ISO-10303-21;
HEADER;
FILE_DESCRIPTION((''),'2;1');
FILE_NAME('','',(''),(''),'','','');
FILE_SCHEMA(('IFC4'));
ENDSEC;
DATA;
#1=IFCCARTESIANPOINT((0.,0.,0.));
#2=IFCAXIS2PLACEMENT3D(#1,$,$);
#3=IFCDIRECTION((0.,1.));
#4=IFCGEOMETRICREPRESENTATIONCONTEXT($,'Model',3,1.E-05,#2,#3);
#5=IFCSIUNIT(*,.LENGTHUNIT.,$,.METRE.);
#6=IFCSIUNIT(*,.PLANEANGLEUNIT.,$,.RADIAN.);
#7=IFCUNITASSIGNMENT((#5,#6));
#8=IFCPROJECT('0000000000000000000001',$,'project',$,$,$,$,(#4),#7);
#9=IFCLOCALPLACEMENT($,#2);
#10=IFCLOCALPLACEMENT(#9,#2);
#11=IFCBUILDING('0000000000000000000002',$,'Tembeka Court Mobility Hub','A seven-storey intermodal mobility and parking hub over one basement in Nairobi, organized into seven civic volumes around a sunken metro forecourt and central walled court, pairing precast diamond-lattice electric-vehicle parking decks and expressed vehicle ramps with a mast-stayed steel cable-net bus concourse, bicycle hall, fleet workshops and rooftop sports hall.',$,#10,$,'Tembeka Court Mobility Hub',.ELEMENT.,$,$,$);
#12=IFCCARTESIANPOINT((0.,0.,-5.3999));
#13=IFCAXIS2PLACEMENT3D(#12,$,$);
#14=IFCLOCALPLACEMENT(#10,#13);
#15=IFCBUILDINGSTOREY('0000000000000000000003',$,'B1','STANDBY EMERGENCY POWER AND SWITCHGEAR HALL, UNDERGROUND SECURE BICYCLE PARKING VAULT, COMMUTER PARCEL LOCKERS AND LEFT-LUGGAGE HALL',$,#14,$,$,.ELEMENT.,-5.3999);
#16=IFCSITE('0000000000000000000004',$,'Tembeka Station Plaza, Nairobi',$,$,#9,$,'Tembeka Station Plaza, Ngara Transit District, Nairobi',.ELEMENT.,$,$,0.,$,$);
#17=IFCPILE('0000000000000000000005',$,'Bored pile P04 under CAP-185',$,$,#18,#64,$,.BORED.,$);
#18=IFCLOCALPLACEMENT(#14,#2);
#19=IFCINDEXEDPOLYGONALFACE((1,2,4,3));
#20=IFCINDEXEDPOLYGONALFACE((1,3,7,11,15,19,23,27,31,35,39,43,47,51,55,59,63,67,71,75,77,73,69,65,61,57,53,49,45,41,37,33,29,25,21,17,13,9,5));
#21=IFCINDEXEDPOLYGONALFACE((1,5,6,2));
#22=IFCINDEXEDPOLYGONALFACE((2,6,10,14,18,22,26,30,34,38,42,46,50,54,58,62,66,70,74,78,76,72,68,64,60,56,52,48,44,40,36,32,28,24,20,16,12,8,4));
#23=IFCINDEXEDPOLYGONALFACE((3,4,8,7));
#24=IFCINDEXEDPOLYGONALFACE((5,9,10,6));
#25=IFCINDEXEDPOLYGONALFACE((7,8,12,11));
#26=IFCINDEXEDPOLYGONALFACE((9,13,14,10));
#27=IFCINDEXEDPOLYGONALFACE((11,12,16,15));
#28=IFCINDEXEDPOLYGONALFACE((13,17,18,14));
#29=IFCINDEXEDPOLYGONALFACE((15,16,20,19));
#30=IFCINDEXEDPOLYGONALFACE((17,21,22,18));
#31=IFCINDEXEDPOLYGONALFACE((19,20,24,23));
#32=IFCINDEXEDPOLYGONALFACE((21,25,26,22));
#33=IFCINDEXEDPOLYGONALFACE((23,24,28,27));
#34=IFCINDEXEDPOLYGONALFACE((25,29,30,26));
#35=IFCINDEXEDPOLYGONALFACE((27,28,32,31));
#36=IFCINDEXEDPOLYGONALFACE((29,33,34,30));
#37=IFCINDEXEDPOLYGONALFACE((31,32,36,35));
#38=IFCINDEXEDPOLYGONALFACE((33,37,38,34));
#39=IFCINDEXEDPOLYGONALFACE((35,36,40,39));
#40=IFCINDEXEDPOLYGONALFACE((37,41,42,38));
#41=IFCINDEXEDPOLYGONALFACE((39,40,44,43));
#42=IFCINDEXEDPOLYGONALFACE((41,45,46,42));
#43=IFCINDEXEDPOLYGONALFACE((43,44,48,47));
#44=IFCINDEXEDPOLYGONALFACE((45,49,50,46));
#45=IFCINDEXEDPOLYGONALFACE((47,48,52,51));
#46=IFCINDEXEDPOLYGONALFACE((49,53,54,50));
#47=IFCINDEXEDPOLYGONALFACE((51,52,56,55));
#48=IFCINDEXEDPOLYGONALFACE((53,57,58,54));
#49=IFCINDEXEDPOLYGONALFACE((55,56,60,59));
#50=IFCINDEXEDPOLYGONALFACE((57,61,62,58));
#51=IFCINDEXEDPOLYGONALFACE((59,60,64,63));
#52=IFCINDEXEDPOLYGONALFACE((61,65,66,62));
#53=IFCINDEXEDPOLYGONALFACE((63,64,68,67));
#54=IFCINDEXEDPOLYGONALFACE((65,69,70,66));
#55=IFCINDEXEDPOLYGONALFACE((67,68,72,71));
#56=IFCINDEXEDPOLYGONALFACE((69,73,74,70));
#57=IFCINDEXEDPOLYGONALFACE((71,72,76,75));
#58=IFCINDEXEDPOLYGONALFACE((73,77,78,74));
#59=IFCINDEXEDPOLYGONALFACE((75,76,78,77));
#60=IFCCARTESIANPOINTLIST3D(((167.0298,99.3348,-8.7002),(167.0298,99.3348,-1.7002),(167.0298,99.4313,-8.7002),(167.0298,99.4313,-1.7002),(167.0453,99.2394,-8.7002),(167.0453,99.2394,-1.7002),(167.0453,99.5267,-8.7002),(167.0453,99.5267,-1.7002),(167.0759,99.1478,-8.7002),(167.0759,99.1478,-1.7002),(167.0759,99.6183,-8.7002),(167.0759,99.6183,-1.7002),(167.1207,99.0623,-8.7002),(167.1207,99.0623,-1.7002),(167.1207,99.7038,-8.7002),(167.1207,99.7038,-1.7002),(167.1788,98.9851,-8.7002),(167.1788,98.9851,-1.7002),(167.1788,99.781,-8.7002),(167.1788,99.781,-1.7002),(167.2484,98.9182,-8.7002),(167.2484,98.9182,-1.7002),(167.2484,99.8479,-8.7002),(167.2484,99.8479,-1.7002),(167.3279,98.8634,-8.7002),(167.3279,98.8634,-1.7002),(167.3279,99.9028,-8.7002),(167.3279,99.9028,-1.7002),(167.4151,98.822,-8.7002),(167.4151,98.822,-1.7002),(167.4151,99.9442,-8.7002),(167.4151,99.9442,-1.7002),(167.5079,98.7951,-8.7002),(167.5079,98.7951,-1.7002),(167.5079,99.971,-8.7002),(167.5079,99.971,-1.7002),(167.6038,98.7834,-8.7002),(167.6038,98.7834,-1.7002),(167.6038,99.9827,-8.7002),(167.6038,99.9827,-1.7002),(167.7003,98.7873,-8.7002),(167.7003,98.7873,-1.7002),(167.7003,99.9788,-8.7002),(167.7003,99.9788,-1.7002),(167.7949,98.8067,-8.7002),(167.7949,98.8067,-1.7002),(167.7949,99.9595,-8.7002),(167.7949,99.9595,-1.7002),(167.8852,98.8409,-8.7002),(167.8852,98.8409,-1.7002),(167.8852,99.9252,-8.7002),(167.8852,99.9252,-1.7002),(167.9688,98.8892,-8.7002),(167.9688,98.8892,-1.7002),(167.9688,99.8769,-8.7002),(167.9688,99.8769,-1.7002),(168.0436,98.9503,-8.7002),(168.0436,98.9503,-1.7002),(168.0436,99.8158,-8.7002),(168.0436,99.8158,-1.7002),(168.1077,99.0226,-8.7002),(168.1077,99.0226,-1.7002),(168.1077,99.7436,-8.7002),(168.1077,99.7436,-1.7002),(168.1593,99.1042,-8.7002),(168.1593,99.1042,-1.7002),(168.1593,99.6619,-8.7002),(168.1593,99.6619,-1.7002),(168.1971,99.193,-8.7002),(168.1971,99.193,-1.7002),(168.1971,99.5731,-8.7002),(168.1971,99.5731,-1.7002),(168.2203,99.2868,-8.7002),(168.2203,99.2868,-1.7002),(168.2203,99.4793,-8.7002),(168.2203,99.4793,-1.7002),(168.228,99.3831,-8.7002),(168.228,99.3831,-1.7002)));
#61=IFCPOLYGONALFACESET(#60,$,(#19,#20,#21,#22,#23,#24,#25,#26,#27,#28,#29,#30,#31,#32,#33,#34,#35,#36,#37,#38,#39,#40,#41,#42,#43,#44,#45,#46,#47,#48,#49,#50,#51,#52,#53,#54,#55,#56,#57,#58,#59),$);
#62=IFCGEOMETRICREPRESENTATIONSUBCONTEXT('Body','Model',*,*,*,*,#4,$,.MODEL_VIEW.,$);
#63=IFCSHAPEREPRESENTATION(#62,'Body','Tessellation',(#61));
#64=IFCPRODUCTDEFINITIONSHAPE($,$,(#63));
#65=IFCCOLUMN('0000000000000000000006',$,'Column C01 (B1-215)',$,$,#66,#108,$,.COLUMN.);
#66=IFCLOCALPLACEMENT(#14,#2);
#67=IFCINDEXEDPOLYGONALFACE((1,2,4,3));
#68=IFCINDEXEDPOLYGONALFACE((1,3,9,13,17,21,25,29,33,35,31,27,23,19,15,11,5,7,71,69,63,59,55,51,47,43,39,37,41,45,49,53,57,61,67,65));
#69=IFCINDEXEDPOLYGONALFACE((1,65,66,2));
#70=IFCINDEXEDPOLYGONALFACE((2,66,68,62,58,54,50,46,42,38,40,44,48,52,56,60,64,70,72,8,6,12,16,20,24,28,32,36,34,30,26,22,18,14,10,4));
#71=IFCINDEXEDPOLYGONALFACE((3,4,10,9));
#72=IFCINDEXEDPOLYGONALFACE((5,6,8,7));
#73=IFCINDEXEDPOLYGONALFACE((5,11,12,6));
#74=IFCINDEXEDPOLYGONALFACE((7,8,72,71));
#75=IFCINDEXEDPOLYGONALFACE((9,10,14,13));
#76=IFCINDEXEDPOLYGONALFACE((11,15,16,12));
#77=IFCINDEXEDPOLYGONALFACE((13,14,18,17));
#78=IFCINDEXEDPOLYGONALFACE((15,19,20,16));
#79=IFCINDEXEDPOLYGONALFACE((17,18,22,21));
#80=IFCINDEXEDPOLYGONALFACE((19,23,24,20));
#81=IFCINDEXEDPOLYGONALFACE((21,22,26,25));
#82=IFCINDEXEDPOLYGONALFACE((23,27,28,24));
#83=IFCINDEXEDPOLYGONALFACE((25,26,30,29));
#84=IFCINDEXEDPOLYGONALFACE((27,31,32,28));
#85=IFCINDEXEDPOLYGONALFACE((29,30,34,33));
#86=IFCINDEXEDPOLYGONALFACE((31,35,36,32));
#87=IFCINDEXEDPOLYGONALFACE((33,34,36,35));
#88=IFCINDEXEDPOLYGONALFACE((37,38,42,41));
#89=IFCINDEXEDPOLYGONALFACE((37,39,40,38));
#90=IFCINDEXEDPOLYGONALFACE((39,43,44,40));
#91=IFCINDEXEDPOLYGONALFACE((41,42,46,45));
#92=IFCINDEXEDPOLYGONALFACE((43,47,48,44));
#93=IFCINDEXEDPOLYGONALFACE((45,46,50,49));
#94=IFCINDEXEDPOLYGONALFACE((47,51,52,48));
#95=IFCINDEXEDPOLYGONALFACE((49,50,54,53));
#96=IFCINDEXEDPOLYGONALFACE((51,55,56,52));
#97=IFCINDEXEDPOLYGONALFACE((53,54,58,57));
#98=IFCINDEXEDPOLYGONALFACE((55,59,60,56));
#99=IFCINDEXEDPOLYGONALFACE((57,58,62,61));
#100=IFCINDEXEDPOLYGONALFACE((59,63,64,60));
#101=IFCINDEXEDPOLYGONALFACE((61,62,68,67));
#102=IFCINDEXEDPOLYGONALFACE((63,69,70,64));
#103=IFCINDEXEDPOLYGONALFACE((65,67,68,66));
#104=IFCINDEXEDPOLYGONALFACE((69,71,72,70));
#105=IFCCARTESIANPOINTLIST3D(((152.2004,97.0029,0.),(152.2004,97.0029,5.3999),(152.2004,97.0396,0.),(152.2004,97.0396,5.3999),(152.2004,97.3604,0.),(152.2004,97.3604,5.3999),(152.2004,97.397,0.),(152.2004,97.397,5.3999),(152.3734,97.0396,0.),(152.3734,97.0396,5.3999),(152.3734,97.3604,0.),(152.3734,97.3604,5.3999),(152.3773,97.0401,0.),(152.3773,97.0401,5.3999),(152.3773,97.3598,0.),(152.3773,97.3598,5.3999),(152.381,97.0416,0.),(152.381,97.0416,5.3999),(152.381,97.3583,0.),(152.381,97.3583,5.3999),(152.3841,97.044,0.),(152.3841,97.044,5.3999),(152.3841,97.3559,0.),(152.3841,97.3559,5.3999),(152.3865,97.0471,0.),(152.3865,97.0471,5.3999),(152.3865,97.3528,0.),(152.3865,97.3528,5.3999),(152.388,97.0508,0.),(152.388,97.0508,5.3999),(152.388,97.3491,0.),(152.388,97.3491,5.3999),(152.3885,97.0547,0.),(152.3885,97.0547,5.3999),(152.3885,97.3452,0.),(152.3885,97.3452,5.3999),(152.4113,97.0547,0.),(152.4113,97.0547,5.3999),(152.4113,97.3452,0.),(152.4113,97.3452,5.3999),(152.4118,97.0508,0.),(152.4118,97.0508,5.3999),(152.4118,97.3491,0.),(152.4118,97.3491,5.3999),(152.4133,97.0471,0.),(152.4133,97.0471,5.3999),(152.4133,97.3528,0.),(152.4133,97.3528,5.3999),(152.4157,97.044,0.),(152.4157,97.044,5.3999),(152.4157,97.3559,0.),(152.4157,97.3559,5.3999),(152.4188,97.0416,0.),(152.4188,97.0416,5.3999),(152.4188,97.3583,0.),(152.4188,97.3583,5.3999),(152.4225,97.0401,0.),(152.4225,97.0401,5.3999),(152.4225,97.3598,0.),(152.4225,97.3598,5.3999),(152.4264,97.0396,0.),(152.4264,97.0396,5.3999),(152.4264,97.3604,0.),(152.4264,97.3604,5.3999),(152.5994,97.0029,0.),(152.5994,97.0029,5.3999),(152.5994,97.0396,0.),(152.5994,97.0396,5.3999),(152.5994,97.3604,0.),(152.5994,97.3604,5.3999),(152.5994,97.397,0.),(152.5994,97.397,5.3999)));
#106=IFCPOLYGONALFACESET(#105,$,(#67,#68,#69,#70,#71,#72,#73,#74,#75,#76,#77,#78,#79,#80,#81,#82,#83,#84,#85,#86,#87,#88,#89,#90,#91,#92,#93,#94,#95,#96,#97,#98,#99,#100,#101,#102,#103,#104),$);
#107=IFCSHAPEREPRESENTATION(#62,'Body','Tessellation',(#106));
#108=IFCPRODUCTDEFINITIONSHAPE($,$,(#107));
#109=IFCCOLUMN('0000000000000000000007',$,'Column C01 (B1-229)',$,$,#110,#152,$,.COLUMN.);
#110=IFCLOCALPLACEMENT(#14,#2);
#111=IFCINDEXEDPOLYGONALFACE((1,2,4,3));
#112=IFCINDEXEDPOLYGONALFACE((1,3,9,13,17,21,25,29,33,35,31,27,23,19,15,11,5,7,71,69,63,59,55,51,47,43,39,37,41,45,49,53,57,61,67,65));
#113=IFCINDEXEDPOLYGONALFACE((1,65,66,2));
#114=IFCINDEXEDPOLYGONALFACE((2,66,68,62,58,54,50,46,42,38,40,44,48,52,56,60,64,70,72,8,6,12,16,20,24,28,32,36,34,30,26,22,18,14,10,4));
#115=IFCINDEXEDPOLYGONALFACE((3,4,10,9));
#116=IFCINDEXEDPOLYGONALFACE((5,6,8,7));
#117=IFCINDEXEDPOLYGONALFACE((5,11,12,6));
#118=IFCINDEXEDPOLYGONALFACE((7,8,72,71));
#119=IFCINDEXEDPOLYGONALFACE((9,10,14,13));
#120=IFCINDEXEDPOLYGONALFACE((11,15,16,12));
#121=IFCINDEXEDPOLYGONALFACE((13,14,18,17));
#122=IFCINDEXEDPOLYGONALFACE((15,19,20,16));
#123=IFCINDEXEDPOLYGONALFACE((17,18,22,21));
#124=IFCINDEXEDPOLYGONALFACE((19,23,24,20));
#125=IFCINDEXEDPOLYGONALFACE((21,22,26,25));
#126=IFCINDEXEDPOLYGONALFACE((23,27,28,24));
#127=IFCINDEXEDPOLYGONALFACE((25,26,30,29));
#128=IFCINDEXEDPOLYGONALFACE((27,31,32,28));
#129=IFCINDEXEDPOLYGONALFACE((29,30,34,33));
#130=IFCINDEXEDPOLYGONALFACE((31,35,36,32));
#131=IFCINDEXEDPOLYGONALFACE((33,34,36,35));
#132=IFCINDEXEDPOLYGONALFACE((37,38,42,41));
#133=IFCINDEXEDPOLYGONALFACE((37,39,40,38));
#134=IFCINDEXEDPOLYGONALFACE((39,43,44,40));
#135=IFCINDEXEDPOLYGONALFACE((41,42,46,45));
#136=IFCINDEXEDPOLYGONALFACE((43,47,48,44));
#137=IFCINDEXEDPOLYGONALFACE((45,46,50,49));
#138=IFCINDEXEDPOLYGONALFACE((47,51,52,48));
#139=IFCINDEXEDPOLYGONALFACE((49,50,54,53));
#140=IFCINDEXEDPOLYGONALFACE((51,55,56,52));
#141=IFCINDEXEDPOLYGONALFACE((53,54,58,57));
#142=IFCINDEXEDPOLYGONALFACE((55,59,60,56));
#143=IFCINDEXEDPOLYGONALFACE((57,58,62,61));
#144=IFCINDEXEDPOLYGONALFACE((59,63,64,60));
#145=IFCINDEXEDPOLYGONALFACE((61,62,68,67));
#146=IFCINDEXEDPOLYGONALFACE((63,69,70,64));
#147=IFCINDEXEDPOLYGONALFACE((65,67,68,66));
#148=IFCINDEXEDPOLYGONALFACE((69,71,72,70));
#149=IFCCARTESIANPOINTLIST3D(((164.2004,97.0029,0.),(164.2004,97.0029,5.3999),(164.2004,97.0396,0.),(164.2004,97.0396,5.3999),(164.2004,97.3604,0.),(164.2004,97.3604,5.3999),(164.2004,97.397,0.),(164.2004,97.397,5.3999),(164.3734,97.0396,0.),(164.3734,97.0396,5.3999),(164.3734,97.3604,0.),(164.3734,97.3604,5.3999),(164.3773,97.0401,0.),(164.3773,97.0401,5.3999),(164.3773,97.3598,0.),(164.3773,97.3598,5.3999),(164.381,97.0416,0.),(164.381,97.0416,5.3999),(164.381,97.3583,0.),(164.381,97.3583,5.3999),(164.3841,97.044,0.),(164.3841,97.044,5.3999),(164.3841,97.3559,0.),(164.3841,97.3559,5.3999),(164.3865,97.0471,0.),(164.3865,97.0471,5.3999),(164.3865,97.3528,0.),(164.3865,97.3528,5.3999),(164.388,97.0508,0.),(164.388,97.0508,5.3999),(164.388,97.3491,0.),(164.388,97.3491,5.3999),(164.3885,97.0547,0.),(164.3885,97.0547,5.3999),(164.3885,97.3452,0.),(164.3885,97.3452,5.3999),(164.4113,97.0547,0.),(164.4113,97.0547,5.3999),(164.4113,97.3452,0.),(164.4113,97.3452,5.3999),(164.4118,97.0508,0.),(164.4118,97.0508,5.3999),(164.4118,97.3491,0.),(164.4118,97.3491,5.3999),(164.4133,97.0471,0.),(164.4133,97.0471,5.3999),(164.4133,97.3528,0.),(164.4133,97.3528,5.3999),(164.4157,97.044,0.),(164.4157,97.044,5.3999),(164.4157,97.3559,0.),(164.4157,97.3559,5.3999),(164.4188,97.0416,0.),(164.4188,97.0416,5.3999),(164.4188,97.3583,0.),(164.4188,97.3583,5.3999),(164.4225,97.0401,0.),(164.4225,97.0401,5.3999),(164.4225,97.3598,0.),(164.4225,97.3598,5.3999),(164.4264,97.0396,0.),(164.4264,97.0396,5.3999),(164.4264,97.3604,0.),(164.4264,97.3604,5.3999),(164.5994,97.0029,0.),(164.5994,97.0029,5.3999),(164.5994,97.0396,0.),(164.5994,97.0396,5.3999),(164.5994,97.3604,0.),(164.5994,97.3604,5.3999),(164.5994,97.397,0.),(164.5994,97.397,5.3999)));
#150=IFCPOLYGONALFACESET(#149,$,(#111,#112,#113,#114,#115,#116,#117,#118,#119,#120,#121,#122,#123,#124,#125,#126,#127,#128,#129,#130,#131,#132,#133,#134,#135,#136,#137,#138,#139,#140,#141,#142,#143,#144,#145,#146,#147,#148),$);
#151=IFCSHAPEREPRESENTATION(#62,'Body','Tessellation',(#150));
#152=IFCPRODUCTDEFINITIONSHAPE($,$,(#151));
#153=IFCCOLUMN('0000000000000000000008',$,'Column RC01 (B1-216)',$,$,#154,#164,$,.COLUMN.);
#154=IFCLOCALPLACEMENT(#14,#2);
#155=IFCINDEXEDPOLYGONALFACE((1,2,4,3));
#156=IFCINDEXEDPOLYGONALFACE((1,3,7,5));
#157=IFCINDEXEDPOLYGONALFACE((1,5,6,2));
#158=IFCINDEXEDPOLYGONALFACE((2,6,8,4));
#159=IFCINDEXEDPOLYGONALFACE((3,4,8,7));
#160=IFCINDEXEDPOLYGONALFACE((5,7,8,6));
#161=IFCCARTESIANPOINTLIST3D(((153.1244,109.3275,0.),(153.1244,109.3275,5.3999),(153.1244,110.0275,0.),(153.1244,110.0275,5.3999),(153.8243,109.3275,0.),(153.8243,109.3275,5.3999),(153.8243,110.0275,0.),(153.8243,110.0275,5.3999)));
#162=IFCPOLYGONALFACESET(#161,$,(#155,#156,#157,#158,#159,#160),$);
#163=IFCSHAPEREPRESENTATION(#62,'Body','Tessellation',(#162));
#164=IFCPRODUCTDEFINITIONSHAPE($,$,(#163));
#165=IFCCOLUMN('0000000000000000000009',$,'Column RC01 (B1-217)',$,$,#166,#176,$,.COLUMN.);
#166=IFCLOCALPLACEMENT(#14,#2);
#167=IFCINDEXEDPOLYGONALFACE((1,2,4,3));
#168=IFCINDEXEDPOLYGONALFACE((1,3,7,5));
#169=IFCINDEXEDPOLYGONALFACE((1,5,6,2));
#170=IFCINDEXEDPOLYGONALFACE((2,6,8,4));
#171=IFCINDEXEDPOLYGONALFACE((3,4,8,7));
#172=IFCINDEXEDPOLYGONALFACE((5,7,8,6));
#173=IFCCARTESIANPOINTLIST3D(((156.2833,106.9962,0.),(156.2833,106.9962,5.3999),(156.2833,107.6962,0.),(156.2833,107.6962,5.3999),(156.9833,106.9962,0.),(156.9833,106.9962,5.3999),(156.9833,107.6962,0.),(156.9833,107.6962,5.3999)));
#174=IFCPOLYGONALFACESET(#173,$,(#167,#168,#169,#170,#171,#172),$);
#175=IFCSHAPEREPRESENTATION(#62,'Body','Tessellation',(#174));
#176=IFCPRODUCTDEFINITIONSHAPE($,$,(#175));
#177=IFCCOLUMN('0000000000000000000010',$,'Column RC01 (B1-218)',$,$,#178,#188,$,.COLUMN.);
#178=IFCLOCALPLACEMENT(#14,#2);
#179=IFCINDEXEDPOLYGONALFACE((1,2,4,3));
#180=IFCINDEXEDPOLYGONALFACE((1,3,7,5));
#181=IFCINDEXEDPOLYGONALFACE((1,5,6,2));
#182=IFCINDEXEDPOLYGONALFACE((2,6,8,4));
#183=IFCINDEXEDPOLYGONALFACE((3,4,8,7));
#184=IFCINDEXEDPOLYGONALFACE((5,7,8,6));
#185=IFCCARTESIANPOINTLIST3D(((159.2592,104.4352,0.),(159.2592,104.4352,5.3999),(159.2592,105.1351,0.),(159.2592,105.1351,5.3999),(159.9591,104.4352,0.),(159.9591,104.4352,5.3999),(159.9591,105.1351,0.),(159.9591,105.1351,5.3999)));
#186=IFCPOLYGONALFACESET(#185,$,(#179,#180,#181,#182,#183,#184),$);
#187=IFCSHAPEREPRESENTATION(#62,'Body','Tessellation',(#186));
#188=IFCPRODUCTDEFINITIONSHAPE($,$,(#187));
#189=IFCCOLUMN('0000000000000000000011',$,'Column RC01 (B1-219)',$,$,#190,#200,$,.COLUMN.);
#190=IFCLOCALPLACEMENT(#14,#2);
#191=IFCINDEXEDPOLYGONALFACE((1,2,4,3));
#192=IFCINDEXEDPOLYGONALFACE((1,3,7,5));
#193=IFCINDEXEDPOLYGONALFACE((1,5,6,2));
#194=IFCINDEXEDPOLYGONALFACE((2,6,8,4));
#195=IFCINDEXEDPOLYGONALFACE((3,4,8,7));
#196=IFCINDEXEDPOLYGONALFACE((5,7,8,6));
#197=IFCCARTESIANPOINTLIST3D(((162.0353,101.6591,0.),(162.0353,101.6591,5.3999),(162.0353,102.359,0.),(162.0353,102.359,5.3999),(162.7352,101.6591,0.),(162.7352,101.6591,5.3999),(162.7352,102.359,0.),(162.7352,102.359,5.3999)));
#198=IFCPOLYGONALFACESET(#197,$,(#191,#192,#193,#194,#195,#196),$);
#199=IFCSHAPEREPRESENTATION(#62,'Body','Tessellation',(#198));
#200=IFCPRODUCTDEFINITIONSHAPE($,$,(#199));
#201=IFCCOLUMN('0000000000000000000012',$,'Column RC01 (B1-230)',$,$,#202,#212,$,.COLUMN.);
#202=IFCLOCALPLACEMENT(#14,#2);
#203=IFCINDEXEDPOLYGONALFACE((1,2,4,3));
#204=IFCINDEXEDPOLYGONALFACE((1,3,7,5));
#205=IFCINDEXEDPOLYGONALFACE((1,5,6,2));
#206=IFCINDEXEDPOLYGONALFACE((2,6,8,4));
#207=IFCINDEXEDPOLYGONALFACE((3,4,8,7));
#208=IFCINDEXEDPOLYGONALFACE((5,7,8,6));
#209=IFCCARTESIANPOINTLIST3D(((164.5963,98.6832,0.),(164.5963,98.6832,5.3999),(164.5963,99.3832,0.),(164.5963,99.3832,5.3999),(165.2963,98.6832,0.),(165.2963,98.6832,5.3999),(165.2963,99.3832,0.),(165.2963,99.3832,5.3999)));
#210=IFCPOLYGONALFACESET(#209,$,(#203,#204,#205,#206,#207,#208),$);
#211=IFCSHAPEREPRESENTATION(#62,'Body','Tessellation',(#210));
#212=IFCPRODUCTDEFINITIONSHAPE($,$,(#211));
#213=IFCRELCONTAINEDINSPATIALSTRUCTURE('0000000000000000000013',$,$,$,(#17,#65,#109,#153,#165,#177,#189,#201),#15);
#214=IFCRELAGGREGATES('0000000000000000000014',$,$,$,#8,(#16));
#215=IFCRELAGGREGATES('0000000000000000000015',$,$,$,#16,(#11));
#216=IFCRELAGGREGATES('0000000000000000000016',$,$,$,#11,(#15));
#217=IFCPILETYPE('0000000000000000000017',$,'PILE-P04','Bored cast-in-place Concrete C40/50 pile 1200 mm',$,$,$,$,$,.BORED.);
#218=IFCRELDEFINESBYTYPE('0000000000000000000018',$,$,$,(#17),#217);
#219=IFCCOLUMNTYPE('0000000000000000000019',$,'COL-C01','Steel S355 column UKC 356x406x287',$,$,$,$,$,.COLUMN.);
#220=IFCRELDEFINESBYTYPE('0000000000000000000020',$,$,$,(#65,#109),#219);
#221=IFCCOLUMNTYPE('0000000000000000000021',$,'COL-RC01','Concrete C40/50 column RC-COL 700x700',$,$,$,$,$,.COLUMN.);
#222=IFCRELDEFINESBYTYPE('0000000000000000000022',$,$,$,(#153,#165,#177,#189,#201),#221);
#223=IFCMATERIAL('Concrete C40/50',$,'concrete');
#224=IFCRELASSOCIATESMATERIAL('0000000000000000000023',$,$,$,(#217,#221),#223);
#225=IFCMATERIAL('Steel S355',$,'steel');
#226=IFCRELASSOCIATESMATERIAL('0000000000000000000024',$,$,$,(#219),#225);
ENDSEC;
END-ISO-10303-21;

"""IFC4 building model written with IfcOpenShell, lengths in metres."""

from ifc_helpers import new_model, si_unit, direction, frame, origin, origin_2d, place, context, subcontext, project, spatial, rectangle, circle, i_section, extrude, material, material_profile, profile_set, type_object, element, save


model = new_model("IFC4")

# Units and contexts
model_context = context("Model", 3, precision=1e-05, world=origin(), true_north=direction((0.0, 1.0)))
body_context = subcontext(model_context, "Body", "Model", "MODEL_VIEW")
ifc_project = project(units=[si_unit("LENGTHUNIT", "METRE"), si_unit("PLANEANGLEUNIT", "RADIAN")], contexts=[model_context])

# Site, building, storey
site_placement = place(None, origin())
site = spatial("IfcSite", under=ifc_project, at=site_placement, Name="Tembeka Station Plaza, Nairobi", LongName="Tembeka Station Plaza, Ngara Transit District, Nairobi", CompositionType="ELEMENT", RefElevation=0.0)
building_placement = place(site_placement, origin())
building = spatial("IfcBuilding", under=site, at=building_placement, Name="Tembeka Court Mobility Hub", Description="A seven-storey intermodal mobility and parking hub over one basement in Nairobi, organized into seven civic volumes around a sunken metro forecourt and central walled court, pairing precast diamond-lattice electric-vehicle parking decks and expressed vehicle ramps with a mast-stayed steel cable-net bus concourse, bicycle hall, fleet workshops and rooftop sports hall.", LongName="Tembeka Court Mobility Hub", CompositionType="ELEMENT")
storey_placement = place(building_placement, frame((0.0, 0.0, -5.3999)))
storey = spatial("IfcBuildingStorey", under=building, at=storey_placement, Name="B1", Description="STANDBY EMERGENCY POWER AND SWITCHGEAR HALL, UNDERGROUND SECURE BICYCLE PARKING VAULT, COMMUTER PARCEL LOCKERS AND LEFT-LUGGAGE HALL", CompositionType="ELEMENT", Elevation=-5.3999)

# Shared definitions
ifc_material_1 = material(Name="Concrete C40/50", Category="concrete")

# Pile
ifc_material_profile_1 = material_profile(ifc_material_1, circle(Radius=0.6001, at=origin_2d()), Name="PILE D1200")
ifc_profile_set_1 = profile_set([ifc_material_profile_1], Name="Concrete C40/50")
pile_type_1 = type_object("IfcPileType", Name="PILE-P04", Description="Bored cast-in-place Concrete C40/50 pile 1200 mm", PredefinedType="BORED", material=ifc_profile_set_1)
for number, where, z_axis, x_axis, name in (
    (1, (167.6279, 99.3831, -1.7002), (0.0, 0.0, -1.0), (1.0, 0.0, 0.0), "Bored pile P04 under CAP-185"),
):
    element("IfcPile", number, at=place(storey_placement, frame(where, z_axis=z_axis, x_axis=x_axis)), inside=storey, type_object=pile_type_1, Name=name, PredefinedType="BORED", context=body_context, shape_type="SweptSolid", body=[
        extrude(circle(Radius=0.6001, at=origin_2d()), origin(), (0.0, 0.0, 1.0), 7.0),
    ])

# Columns
ifc_material_2 = material(Name="Steel S355", Category="steel")
ifc_material_profile_2 = material_profile(ifc_material_2, i_section(OverallWidth=0.3989, OverallDepth=0.394, WebThickness=0.0227, FlangeThickness=0.0366, FilletRadius=0.0151, at=origin_2d()), Name="UKC 356x406x287")
ifc_profile_set_2 = profile_set([ifc_material_profile_2], Name="Steel S355")
column_type_1 = type_object("IfcColumnType", Name="COL-C01", Description="Steel S355 column UKC 356x406x287", PredefinedType="COLUMN", material=ifc_profile_set_2)
for number, where, z_axis, x_axis, name in (
    (2, (152.3999, 97.2, 0.0), (0.0, 0.0, 1.0), (1.0, 0.0, 0.0), "Column C01 (B1-215)"),
    (3, (164.3999, 97.2, 0.0), (0.0, 0.0, 1.0), (1.0, 0.0, 0.0), "Column C01 (B1-229)"),
):
    element("IfcColumn", number, at=place(storey_placement, frame(where, z_axis=z_axis, x_axis=x_axis)), inside=storey, type_object=column_type_1, Name=name, PredefinedType="COLUMN", context=body_context, shape_type="SweptSolid", body=[
        extrude(i_section(OverallWidth=0.3989, OverallDepth=0.394, WebThickness=0.0227, FlangeThickness=0.0366, FilletRadius=0.0151, at=origin_2d()), origin(), (0.0, 0.0, 1.0), 5.3999),
    ])
ifc_material_profile_3 = material_profile(ifc_material_1, rectangle(XDim=0.7, YDim=0.7, at=origin_2d()), Name="RC-COL 700x700")
ifc_profile_set_3 = profile_set([ifc_material_profile_3], Name="Concrete C40/50")
column_type_2 = type_object("IfcColumnType", Name="COL-RC01", Description="Concrete C40/50 column RC-COL 700x700", PredefinedType="COLUMN", material=ifc_profile_set_3)
for number, where, z_axis, x_axis, name in (
    (4, (153.4744, 109.6775, 0.0), (0.0, 0.0, 1.0), (1.0, 0.0, 0.0), "Column RC01 (B1-216)"),
    (5, (156.6333, 107.3462, 0.0), (0.0, 0.0, 1.0), (1.0, 0.0, 0.0), "Column RC01 (B1-217)"),
    (6, (159.6091, 104.7852, 0.0), (0.0, 0.0, 1.0), (1.0, 0.0, 0.0), "Column RC01 (B1-218)"),
    (7, (162.3853, 102.009, 0.0), (0.0, 0.0, 1.0), (1.0, 0.0, 0.0), "Column RC01 (B1-219)"),
    (8, (164.9463, 99.0332, 0.0), (0.0, 0.0, 1.0), (1.0, 0.0, 0.0), "Column RC01 (B1-230)"),
):
    element("IfcColumn", number, at=place(storey_placement, frame(where, z_axis=z_axis, x_axis=x_axis)), inside=storey, type_object=column_type_2, Name=name, PredefinedType="COLUMN", context=body_context, shape_type="SweptSolid", body=[
        extrude(rectangle(XDim=0.7, YDim=0.7, at=origin_2d()), origin(), (0.0, 0.0, 1.0), 5.3999),
    ])

save(model, "model.ifc")
